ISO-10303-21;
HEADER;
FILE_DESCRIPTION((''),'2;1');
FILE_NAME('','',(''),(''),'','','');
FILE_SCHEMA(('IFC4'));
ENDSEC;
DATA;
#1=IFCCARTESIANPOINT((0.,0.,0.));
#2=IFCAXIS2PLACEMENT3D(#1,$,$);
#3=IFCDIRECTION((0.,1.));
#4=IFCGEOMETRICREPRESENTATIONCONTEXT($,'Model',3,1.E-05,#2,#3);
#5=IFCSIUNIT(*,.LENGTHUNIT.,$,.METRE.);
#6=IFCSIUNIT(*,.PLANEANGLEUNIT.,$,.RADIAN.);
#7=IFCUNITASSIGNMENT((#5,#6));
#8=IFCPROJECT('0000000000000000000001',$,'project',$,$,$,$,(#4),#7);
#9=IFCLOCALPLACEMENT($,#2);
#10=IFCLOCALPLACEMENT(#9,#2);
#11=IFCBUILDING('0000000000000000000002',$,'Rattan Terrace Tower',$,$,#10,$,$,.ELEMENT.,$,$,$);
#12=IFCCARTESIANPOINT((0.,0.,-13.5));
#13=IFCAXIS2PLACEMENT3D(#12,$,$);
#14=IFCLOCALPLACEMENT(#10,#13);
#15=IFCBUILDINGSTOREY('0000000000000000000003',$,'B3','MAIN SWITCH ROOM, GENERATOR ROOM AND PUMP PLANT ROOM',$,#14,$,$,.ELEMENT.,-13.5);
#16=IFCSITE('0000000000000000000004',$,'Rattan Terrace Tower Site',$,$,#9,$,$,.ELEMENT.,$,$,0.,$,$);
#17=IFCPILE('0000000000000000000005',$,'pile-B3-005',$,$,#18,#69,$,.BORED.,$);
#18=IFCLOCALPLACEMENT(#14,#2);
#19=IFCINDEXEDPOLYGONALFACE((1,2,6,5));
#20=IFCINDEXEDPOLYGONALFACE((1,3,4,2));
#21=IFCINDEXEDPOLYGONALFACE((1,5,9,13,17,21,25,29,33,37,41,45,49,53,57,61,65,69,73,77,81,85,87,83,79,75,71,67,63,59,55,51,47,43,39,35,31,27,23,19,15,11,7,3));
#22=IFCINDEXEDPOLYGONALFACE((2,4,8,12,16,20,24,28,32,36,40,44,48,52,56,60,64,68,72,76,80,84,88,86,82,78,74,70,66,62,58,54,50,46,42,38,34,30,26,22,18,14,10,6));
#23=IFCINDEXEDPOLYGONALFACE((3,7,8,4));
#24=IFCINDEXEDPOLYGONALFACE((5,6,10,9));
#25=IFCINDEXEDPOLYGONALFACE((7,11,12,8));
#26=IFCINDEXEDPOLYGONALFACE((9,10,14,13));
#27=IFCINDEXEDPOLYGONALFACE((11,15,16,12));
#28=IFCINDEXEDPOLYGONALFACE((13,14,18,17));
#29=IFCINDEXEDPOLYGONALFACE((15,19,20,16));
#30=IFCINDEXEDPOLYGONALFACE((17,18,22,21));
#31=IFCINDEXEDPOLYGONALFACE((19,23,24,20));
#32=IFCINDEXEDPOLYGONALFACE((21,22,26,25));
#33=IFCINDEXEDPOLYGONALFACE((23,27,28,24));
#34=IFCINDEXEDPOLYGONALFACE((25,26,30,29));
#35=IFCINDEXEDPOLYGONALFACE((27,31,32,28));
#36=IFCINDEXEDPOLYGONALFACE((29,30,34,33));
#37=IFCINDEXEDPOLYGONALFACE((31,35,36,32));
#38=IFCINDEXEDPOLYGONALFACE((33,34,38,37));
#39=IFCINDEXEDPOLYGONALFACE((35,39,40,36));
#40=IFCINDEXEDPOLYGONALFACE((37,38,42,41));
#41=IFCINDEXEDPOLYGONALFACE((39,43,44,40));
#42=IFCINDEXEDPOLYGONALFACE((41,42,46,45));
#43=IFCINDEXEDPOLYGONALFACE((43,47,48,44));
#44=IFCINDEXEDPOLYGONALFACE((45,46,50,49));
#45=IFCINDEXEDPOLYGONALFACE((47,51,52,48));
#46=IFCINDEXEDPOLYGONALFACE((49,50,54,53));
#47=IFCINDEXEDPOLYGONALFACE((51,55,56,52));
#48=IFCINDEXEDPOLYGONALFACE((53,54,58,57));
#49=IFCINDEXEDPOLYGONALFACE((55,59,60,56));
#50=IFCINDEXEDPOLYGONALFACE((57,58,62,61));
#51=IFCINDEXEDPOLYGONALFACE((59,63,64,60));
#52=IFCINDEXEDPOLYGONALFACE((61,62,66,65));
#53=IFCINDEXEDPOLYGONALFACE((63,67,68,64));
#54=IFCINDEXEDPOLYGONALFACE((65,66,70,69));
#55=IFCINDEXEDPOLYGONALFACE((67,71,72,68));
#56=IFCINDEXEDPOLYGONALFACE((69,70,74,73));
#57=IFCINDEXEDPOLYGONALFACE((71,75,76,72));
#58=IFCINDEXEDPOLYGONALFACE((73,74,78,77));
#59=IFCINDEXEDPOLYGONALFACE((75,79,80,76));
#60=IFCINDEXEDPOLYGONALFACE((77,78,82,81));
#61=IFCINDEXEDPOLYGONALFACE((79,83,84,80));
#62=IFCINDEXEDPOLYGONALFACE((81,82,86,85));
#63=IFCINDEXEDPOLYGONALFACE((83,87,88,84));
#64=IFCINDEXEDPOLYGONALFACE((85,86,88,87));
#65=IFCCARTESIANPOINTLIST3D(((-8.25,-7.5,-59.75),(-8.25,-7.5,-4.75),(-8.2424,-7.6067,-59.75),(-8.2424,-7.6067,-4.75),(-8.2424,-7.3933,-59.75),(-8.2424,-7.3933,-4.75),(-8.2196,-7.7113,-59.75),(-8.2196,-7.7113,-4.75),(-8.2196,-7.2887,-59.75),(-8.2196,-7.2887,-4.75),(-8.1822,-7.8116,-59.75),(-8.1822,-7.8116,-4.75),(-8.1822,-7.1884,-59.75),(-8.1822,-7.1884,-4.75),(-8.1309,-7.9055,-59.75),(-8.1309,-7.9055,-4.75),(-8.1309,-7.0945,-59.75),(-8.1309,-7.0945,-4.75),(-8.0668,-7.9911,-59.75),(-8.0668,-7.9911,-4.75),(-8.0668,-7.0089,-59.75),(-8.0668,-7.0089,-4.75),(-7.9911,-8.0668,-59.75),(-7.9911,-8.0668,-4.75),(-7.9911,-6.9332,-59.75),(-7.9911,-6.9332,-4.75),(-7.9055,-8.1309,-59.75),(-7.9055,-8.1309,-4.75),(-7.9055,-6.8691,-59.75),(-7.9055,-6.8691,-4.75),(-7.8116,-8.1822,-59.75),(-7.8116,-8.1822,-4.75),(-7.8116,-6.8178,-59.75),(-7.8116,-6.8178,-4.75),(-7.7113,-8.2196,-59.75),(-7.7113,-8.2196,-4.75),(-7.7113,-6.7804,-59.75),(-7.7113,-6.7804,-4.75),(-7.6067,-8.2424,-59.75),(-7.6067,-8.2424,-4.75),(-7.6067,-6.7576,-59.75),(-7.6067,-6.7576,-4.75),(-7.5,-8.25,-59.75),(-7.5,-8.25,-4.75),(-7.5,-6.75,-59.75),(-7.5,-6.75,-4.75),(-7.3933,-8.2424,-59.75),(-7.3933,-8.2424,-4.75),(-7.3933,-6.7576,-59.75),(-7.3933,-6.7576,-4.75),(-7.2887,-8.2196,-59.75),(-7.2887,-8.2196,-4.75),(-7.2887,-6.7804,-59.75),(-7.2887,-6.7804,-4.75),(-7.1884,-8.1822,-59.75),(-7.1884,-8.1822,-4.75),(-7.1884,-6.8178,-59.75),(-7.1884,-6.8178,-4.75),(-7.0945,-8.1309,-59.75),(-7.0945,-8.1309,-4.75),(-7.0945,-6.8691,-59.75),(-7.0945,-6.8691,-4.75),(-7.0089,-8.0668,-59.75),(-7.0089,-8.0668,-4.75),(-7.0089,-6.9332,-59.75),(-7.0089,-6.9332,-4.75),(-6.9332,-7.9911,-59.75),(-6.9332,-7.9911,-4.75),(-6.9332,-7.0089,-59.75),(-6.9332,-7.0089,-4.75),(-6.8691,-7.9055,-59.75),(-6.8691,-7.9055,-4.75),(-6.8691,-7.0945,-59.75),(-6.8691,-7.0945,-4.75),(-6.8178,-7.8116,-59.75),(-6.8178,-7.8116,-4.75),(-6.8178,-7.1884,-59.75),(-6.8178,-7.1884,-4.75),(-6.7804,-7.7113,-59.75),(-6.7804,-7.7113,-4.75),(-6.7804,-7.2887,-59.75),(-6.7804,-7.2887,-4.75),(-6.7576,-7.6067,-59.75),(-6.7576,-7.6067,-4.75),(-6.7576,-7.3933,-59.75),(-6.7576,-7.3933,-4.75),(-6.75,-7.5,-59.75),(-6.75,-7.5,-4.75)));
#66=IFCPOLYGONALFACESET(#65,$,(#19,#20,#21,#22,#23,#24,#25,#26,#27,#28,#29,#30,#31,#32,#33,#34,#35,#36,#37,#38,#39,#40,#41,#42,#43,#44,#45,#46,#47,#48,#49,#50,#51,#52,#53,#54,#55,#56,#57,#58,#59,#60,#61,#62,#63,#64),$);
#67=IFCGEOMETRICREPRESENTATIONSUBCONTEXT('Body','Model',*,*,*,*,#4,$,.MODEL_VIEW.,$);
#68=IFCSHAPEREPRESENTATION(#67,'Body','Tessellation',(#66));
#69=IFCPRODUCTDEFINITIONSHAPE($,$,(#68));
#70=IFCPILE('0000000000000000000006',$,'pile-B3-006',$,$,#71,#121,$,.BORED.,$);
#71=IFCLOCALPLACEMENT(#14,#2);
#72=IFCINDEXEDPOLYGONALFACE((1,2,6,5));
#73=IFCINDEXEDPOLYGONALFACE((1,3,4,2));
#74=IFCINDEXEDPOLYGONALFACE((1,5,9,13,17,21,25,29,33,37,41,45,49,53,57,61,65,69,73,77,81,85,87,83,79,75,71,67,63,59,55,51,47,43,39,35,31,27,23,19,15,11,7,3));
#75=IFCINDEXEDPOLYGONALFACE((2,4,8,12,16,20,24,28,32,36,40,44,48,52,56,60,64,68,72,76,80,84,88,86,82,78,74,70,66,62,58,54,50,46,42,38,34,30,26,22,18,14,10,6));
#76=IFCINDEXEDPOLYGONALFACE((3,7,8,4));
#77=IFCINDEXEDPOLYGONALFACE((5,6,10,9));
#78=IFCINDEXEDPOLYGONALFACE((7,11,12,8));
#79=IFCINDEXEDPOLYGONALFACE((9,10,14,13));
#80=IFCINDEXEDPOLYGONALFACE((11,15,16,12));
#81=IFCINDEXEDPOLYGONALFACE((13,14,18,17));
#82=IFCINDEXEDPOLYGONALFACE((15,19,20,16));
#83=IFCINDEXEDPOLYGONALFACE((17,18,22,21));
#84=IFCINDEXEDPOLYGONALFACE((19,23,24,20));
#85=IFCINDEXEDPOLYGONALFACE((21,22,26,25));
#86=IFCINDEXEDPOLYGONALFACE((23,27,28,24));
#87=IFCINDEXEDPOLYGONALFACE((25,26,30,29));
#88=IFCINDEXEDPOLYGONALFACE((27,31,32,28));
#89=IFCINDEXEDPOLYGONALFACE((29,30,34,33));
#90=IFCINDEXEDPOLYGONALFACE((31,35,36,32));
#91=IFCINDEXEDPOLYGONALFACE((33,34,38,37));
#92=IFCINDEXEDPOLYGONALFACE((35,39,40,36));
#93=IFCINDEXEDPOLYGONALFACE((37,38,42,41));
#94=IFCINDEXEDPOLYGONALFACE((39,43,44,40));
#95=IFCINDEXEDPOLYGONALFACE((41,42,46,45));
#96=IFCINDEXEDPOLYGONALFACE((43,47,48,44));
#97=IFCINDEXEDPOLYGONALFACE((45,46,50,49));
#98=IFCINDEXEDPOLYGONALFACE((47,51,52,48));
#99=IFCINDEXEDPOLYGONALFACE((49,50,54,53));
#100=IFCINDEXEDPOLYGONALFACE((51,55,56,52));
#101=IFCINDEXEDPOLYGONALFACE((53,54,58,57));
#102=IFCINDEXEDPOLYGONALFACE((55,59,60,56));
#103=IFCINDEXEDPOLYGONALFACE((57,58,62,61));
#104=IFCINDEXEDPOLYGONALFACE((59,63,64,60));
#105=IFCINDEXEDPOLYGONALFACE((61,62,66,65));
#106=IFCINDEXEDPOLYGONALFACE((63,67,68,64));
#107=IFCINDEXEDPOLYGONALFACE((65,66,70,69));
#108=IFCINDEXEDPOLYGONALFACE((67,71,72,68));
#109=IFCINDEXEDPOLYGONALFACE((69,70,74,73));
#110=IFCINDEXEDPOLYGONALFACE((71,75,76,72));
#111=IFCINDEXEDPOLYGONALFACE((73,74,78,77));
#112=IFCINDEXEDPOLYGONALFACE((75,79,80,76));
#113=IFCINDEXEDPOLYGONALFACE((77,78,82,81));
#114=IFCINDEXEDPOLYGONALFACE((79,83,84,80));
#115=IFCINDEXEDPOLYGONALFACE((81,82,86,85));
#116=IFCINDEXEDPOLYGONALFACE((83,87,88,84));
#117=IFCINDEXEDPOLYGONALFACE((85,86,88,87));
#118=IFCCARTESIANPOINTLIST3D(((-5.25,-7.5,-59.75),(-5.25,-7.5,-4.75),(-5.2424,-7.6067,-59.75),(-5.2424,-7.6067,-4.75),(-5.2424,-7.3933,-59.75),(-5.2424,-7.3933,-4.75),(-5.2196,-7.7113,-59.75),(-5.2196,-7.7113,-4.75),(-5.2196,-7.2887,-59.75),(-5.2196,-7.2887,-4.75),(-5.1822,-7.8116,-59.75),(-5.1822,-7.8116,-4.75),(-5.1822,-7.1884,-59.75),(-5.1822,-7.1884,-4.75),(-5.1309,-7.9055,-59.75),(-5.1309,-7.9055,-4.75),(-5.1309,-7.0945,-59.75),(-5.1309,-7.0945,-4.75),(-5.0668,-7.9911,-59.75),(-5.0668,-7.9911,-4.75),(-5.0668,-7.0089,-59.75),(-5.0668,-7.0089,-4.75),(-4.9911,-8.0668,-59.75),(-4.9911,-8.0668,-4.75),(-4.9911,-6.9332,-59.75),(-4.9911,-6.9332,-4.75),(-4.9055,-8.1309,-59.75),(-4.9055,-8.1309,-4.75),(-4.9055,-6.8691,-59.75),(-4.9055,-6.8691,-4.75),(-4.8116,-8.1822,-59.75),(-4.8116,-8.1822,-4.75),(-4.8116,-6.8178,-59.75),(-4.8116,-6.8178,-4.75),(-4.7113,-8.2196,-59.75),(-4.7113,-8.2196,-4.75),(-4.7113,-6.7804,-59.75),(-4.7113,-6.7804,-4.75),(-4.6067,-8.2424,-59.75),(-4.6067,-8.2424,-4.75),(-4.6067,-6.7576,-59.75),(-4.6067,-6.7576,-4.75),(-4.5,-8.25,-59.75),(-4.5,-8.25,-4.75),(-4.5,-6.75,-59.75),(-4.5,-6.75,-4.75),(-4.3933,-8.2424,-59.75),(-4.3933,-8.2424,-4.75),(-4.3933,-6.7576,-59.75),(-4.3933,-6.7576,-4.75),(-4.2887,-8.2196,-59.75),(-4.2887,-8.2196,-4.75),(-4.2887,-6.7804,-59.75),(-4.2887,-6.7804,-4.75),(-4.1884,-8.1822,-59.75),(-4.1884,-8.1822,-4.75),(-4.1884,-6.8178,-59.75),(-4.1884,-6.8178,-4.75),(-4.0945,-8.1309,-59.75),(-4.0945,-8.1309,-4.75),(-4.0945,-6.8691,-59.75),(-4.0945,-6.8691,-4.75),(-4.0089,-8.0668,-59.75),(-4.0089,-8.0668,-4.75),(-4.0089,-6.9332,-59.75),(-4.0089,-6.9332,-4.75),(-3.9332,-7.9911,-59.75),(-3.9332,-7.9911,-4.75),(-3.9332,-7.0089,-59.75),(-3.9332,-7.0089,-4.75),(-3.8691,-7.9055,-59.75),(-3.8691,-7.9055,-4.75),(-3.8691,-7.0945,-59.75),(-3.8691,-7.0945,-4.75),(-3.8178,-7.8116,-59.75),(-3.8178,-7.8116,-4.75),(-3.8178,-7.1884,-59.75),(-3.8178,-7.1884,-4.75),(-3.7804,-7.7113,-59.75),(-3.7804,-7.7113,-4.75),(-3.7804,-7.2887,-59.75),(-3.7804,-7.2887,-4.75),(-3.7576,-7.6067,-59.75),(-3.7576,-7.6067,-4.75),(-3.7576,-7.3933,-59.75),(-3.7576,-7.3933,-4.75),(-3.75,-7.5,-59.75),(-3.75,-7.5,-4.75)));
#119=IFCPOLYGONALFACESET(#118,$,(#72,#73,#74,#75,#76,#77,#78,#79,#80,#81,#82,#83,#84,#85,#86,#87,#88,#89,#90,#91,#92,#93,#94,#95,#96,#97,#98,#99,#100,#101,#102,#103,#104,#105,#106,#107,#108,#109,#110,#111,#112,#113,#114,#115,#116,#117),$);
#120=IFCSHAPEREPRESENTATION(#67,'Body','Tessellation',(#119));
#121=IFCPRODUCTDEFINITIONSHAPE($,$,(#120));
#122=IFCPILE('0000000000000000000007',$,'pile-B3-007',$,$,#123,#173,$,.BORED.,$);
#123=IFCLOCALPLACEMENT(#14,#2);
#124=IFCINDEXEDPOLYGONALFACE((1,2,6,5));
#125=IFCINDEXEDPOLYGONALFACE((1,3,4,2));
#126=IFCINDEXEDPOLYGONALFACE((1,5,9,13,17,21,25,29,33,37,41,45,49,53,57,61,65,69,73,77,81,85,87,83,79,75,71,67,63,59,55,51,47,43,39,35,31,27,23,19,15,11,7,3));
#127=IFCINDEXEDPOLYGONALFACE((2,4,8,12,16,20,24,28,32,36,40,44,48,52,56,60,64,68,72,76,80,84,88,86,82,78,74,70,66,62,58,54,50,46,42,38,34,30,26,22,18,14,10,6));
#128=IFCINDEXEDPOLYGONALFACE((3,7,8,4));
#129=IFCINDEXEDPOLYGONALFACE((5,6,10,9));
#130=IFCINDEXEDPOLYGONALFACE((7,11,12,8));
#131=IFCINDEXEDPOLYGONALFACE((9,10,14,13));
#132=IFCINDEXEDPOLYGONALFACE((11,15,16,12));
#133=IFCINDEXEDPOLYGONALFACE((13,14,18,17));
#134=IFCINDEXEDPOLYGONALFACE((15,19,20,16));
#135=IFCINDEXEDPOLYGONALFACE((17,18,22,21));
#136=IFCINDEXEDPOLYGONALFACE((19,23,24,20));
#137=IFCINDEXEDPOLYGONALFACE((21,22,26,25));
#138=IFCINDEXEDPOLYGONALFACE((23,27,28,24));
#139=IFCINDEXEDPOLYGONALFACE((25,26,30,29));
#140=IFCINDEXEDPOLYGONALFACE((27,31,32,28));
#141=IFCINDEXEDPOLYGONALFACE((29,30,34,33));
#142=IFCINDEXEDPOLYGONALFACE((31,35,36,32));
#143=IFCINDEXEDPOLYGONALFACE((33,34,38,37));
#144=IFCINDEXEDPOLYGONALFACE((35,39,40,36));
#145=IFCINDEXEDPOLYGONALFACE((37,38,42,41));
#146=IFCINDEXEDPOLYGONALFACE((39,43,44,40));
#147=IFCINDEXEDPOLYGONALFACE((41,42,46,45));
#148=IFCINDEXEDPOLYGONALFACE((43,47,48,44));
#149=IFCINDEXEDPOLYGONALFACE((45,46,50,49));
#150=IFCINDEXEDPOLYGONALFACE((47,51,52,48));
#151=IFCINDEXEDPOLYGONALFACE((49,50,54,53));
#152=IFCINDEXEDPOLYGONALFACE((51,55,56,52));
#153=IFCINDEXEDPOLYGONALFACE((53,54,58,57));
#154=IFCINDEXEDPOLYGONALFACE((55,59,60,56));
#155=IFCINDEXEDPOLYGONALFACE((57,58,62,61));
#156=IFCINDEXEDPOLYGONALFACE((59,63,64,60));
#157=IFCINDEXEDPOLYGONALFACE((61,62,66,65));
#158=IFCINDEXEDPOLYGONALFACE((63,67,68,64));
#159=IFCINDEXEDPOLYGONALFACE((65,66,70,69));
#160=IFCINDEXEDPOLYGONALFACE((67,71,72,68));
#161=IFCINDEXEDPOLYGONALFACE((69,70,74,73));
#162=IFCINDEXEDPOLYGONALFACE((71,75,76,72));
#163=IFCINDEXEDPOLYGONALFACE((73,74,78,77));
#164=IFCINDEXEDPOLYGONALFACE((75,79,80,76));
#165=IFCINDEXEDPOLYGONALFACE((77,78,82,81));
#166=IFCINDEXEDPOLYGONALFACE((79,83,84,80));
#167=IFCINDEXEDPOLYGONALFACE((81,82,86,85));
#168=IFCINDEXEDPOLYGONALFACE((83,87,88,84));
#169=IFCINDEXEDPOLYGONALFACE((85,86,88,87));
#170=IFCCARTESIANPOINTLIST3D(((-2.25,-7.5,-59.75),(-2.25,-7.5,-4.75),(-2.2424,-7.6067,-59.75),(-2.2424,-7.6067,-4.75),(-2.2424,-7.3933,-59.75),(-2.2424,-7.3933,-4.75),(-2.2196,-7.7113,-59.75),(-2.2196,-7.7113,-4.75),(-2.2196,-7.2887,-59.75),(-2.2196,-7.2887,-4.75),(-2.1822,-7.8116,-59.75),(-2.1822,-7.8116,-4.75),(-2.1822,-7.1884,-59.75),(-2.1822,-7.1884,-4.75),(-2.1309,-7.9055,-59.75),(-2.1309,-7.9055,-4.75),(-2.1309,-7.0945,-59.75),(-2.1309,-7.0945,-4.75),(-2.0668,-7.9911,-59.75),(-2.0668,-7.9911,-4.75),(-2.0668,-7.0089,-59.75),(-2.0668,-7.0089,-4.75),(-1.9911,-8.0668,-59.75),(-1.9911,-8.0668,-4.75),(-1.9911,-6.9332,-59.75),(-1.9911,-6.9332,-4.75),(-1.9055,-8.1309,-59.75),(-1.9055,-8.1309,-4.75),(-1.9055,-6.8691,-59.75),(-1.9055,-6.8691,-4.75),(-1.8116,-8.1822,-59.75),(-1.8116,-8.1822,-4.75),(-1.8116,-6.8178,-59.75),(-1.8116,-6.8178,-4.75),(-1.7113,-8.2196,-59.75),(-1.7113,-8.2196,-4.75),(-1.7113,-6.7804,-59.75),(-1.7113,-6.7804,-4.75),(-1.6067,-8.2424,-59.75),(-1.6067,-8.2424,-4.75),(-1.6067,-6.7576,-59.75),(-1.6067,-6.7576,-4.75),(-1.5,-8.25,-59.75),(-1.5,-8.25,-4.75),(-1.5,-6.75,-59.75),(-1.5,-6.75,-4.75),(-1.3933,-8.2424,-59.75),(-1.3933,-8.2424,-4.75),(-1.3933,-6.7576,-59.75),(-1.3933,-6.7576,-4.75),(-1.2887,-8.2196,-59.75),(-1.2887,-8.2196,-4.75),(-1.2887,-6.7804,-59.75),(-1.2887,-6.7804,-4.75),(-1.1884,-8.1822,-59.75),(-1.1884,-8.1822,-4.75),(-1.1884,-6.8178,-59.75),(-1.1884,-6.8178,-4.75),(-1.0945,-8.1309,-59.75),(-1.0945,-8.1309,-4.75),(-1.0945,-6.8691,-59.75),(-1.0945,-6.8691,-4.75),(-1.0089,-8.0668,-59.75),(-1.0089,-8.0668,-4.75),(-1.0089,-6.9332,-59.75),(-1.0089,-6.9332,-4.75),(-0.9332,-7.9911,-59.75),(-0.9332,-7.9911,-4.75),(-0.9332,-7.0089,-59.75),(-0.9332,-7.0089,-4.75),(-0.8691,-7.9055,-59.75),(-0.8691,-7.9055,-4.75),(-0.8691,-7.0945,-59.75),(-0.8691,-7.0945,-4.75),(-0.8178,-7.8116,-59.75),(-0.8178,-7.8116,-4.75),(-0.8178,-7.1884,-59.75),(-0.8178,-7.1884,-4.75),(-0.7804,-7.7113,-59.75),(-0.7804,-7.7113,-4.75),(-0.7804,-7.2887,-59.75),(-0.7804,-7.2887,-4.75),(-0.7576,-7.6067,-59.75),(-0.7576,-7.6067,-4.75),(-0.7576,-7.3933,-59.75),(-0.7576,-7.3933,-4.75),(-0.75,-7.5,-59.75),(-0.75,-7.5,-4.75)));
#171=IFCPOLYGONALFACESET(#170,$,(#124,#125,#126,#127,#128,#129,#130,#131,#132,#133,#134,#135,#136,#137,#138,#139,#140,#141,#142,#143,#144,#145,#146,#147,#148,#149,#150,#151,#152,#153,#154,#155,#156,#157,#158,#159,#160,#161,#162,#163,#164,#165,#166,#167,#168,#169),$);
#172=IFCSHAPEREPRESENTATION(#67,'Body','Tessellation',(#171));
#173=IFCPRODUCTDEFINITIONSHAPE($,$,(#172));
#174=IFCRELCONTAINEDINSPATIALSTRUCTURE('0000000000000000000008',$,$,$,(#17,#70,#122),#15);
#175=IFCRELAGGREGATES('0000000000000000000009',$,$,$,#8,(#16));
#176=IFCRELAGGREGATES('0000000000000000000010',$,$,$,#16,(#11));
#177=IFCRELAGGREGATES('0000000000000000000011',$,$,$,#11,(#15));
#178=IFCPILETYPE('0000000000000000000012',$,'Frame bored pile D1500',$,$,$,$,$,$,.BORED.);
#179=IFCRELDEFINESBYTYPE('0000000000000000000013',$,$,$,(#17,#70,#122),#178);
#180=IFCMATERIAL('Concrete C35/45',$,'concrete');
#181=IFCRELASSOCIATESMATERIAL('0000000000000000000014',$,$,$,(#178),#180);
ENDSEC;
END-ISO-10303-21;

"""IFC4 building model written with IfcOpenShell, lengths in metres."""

from ifc_helpers import new_model, si_unit, direction, frame, origin, origin_2d, place, context, subcontext, project, spatial, circle, extrude, material, material_profile, profile_set, type_object, element, save


model = new_model("IFC4")

# Units and contexts
model_context = context("Model", 3, precision=1e-05, world=origin(), true_north=direction((0.0, 1.0)))
body_context = subcontext(model_context, "Body", "Model", "MODEL_VIEW")
ifc_project = project(units=[si_unit("LENGTHUNIT", "METRE"), si_unit("PLANEANGLEUNIT", "RADIAN")], contexts=[model_context])

# Site, building, storey
site_placement = place(None, origin())
site = spatial("IfcSite", under=ifc_project, at=site_placement, Name="Rattan Terrace Tower Site", CompositionType="ELEMENT", RefElevation=0.0)
building_placement = place(site_placement, origin())
building = spatial("IfcBuilding", under=site, at=building_placement, Name="Rattan Terrace Tower", CompositionType="ELEMENT")
storey_placement = place(building_placement, frame((0.0, 0.0, -13.5)))
storey = spatial("IfcBuildingStorey", under=building, at=storey_placement, Name="B3", Description="MAIN SWITCH ROOM, GENERATOR ROOM AND PUMP PLANT ROOM", CompositionType="ELEMENT", Elevation=-13.5)

# Piles
ifc_material_1 = material(Name="Concrete C35/45", Category="concrete")
ifc_material_profile = material_profile(ifc_material_1, circle(Radius=0.75, at=origin_2d()), Name="PILE D1500")
ifc_profile_set = profile_set([ifc_material_profile], Name="Concrete C35/45")
pile_type = type_object("IfcPileType", Name="Frame bored pile D1500", PredefinedType="BORED", material=ifc_profile_set)
for number, where, z_axis, x_axis, name in (
    (1, (-7.5, -7.5, -4.75), (0.0, 0.0, -1.0), (1.0, 0.0, 0.0), "pile-B3-005"),
    (2, (-4.5, -7.5, -4.75), (0.0, 0.0, -1.0), (1.0, 0.0, 0.0), "pile-B3-006"),
    (3, (-1.5, -7.5, -4.75), (0.0, 0.0, -1.0), (1.0, 0.0, 0.0), "pile-B3-007"),
):
    element("IfcPile", number, at=place(storey_placement, frame(where, z_axis=z_axis, x_axis=x_axis)), inside=storey, type_object=pile_type, Name=name, PredefinedType="BORED", context=body_context, shape_type="SweptSolid", body=[
        extrude(circle(Radius=0.75, at=origin_2d()), origin(), (0.0, 0.0, 1.0), 55.0),
    ])

save(model, "model.ifc")
